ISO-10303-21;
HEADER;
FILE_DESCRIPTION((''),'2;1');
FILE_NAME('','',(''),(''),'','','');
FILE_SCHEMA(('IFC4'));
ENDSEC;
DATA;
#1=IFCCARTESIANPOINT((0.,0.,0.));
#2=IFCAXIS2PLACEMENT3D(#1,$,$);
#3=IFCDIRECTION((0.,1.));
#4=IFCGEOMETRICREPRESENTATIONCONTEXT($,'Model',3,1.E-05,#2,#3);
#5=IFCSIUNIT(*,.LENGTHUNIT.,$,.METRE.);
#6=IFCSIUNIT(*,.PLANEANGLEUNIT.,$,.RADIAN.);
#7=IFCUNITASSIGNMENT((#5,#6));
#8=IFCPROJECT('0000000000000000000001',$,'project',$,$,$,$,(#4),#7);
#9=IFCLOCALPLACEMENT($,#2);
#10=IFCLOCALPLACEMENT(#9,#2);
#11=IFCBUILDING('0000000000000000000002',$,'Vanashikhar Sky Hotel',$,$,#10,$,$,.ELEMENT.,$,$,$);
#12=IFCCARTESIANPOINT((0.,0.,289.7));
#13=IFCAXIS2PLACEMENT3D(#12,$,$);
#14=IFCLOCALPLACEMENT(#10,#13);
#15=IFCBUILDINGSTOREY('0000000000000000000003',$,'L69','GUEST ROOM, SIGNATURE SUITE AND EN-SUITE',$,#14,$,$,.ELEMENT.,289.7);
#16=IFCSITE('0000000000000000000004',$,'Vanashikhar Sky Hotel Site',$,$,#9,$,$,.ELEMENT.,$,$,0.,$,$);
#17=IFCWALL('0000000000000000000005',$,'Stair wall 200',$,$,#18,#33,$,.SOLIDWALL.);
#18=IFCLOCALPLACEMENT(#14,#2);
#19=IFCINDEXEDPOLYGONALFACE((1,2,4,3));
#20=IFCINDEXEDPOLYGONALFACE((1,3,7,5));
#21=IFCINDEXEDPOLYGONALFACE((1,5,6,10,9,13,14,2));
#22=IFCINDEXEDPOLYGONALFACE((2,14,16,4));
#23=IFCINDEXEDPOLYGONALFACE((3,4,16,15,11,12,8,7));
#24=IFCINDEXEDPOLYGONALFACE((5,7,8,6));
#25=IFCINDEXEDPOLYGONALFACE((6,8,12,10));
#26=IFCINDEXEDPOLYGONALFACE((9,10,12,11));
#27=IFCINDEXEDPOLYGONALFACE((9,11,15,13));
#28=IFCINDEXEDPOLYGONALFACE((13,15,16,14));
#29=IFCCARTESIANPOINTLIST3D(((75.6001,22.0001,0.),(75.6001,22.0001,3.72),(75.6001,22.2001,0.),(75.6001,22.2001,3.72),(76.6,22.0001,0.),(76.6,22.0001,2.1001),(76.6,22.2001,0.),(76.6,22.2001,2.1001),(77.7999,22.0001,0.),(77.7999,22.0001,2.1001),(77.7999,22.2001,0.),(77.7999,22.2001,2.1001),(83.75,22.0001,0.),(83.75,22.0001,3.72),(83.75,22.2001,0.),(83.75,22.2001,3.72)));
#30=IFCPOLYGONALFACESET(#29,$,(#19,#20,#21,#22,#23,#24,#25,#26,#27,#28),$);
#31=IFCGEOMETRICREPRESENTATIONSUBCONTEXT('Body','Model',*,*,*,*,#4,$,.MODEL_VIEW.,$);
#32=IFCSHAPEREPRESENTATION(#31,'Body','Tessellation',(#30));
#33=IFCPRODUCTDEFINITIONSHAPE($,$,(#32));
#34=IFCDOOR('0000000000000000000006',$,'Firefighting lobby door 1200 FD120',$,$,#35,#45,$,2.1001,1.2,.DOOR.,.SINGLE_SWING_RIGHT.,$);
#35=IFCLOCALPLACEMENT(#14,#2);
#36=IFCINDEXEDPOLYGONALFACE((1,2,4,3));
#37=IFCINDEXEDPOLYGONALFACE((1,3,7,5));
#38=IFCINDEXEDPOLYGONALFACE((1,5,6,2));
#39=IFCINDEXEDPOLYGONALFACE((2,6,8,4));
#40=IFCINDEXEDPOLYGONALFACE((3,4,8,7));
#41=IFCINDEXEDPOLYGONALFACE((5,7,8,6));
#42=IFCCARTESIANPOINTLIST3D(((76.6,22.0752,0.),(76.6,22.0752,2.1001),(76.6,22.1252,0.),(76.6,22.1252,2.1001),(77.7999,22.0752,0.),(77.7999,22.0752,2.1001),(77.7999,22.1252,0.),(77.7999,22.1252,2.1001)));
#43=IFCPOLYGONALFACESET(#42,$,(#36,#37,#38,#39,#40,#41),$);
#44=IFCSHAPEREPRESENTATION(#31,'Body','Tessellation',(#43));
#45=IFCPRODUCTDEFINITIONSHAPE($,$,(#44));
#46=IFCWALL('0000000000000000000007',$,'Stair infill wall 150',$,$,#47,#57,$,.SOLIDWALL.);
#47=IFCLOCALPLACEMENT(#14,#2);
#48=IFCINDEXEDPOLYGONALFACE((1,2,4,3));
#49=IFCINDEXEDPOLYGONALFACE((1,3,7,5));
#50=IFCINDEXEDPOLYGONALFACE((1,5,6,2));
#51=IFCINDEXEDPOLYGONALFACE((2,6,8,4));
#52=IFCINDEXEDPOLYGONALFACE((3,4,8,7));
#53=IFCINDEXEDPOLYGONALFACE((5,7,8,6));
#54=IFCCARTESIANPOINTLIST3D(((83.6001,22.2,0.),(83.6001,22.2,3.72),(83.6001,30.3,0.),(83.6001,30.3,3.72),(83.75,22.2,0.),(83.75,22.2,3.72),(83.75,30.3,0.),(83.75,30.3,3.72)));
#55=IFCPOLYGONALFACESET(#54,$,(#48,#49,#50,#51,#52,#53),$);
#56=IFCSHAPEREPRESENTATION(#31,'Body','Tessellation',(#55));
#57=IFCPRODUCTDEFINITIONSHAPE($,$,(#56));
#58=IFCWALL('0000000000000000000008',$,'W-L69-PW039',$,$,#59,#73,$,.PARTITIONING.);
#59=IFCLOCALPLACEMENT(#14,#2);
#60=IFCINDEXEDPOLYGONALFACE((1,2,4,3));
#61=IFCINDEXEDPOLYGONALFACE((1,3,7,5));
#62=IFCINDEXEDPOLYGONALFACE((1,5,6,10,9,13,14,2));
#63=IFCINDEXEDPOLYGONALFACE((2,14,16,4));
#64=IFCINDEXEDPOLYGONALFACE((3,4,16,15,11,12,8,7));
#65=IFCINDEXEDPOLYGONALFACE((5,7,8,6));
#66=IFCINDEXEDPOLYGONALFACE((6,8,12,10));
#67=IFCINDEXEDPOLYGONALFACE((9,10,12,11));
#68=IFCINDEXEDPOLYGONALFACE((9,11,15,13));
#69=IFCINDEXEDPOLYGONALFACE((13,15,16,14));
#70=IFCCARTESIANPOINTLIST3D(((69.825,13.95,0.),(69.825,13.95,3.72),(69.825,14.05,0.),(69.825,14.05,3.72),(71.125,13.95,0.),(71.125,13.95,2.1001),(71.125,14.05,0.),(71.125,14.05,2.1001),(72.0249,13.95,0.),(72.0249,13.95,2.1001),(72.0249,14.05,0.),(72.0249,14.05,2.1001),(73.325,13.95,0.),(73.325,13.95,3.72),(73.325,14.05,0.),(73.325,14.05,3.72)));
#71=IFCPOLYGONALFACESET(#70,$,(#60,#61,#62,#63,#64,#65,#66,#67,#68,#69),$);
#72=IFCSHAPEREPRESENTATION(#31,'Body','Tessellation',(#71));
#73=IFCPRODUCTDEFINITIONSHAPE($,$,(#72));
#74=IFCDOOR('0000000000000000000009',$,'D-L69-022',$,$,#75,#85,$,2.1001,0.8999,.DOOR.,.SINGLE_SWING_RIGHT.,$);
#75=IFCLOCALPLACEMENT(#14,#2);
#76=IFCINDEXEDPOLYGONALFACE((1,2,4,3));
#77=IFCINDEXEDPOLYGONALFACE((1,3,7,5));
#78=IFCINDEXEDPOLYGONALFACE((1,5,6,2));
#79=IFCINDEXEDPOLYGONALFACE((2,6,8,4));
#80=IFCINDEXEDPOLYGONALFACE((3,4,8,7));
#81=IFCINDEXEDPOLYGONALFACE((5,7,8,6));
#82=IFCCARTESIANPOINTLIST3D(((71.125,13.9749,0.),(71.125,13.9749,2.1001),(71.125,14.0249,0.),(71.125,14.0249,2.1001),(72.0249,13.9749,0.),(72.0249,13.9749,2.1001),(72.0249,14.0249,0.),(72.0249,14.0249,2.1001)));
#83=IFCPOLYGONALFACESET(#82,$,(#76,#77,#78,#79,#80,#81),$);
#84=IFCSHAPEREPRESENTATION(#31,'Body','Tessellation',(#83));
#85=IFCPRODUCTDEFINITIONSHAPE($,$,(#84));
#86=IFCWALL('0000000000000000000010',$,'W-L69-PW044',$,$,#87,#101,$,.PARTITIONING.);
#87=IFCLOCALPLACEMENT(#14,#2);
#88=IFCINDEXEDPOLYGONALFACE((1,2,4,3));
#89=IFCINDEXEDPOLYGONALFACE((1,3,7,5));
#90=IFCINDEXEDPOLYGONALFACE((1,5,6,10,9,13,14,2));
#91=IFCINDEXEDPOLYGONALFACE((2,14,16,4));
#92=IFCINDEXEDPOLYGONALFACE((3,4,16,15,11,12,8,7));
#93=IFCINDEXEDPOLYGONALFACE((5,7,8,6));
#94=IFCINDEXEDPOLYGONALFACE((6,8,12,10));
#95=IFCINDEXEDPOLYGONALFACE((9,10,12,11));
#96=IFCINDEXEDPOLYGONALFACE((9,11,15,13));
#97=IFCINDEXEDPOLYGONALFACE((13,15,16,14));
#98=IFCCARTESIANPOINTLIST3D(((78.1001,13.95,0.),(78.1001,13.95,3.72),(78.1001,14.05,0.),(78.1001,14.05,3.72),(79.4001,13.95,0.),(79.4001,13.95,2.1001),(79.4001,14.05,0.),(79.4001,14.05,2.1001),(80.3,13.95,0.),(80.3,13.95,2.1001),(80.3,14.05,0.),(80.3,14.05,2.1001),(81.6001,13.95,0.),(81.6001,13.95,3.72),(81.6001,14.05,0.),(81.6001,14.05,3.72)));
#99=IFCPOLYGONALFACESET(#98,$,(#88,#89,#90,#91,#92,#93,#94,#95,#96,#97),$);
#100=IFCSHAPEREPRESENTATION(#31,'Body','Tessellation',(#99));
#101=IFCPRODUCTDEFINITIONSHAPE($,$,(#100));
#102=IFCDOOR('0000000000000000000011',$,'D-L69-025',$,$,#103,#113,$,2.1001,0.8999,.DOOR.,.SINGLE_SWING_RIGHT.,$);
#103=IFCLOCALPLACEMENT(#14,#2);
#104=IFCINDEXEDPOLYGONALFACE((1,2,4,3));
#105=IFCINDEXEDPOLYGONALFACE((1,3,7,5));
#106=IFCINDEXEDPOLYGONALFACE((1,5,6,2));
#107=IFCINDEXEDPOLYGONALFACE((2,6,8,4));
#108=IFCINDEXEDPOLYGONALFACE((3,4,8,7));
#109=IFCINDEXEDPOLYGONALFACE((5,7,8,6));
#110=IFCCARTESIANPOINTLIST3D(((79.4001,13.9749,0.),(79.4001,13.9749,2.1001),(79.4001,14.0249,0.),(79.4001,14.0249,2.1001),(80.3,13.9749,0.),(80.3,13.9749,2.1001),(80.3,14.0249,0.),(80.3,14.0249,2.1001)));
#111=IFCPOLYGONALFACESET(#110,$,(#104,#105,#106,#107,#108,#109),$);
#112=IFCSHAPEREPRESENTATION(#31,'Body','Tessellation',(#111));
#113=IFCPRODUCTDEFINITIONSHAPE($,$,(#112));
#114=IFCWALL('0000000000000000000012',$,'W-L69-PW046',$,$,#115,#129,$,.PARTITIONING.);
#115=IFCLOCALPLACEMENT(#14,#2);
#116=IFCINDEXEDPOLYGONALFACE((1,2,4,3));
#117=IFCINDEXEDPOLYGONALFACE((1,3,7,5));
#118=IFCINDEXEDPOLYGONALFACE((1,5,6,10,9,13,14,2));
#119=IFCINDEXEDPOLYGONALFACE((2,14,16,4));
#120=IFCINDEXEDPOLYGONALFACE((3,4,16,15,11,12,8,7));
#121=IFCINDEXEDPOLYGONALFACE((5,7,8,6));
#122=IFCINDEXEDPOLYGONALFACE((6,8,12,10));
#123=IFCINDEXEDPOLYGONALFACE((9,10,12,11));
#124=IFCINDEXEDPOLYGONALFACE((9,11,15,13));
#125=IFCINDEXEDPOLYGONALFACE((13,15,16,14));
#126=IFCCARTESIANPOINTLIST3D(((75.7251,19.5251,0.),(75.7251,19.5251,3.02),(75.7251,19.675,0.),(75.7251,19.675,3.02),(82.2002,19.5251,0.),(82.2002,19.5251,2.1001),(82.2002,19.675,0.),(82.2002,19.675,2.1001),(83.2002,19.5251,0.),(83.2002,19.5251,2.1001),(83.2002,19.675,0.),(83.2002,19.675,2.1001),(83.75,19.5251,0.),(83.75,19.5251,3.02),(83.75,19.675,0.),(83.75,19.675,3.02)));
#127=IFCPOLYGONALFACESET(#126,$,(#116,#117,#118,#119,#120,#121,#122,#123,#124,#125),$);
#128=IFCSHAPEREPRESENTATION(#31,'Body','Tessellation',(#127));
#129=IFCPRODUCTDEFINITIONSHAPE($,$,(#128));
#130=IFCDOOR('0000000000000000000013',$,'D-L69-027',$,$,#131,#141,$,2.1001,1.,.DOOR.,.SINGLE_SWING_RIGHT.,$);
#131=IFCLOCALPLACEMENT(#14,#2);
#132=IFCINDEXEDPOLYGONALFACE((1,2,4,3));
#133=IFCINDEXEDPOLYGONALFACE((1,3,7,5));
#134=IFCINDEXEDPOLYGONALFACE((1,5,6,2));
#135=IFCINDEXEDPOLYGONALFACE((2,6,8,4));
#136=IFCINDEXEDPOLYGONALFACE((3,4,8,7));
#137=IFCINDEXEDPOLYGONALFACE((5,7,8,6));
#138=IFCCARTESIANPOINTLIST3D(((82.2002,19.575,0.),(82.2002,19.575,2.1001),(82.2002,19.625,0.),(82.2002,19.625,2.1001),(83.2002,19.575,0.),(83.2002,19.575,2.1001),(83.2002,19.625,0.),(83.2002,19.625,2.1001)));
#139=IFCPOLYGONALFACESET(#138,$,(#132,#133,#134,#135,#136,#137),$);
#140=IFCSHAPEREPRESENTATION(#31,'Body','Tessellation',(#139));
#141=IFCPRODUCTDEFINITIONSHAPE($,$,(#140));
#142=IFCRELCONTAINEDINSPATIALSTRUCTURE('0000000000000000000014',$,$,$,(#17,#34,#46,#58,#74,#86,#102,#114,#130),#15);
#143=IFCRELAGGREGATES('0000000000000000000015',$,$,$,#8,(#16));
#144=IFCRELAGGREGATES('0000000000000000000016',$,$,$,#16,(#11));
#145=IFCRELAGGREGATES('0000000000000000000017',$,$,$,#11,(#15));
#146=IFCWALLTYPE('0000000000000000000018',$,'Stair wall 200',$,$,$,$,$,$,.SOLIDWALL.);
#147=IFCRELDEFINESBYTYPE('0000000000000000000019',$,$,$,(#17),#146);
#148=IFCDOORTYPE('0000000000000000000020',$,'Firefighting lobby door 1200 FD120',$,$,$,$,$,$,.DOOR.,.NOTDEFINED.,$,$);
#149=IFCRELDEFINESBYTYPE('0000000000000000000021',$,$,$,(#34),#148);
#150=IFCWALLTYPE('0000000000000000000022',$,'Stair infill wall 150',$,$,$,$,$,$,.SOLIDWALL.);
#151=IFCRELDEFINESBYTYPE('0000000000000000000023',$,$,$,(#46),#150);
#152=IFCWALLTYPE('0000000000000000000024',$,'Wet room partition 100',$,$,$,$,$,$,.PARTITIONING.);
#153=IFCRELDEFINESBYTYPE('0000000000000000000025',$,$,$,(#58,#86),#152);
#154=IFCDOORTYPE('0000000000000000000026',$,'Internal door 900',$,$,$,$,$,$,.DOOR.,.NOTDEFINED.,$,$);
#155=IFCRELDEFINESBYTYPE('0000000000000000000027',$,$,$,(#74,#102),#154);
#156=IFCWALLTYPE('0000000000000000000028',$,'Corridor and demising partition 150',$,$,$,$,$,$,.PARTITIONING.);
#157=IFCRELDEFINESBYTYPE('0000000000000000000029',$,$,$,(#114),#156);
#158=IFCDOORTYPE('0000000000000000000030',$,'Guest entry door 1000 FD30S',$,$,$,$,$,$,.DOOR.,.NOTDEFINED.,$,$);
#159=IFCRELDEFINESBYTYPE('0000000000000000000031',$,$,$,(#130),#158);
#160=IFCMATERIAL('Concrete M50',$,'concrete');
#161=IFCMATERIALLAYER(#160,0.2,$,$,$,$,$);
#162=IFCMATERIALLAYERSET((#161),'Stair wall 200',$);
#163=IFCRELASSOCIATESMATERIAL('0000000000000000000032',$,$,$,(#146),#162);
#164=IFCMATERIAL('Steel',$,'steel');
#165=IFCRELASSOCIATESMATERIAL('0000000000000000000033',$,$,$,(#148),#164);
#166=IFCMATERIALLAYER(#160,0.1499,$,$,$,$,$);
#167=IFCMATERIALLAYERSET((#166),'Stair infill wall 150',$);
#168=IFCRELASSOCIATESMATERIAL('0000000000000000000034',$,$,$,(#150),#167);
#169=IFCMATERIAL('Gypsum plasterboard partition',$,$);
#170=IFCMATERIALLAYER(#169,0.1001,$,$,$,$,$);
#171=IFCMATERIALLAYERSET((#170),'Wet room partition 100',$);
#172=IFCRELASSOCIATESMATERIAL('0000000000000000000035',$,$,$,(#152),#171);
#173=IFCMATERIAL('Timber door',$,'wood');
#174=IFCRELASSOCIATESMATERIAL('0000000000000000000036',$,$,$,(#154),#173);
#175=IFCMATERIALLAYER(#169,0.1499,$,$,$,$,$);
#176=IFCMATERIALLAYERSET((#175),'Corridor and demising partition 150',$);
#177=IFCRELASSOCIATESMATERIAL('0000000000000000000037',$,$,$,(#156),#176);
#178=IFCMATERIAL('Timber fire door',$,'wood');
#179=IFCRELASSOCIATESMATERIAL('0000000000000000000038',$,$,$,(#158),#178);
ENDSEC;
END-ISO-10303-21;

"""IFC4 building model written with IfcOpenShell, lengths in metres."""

from ifc_helpers import new_model, si_unit, direction, frame, frame_2d, origin, place, context, subcontext, project, spatial, rectangle, extrude, source, transform, mapped, material, layer, layer_set, type_object, element, fill, save


model = new_model("IFC4")

# Units and contexts
model_context = context("Model", 3, precision=1e-05, world=origin(), true_north=direction((0.0, 1.0)))
body_context = subcontext(model_context, "Body", "Model", "MODEL_VIEW")
ifc_project = project(units=[si_unit("LENGTHUNIT", "METRE"), si_unit("PLANEANGLEUNIT", "RADIAN")], contexts=[model_context])

# Site, building, storey
site_placement = place(None, origin())
site = spatial("IfcSite", under=ifc_project, at=site_placement, Name="Vanashikhar Sky Hotel Site", CompositionType="ELEMENT", RefElevation=0.0)
building_placement = place(site_placement, origin())
building = spatial("IfcBuilding", under=site, at=building_placement, Name="Vanashikhar Sky Hotel", CompositionType="ELEMENT")
storey_placement = place(building_placement, frame((0.0, 0.0, 289.7)))
storey = spatial("IfcBuildingStorey", under=building, at=storey_placement, Name="L69", Description="GUEST ROOM, SIGNATURE SUITE AND EN-SUITE", CompositionType="ELEMENT", Elevation=289.7)

# Shared definitions
ifc_material_1 = material(Name="Concrete M50", Category="concrete")

# Shared definitions
ifc_material_2 = material(Name="Steel", Category="steel")
shared_shape_1 = source(origin(), body_context, "Body", "SweptSolid", [
    extrude(rectangle(XDim=1.0, YDim=2.1001, at=frame_2d((0.5, 1.05))), frame((0.0, 0.0249, 0.0), z_axis=(0.0, -1.0, 0.0), x_axis=(1.0, 0.0, 0.0)), (0.0, 0.0, 1.0), 0.05),
])
shared_shape_2 = source(origin(), body_context, "Body", "SweptSolid", [
    extrude(rectangle(XDim=1.2, YDim=2.1001, at=frame_2d((0.6001, 1.05))), frame((0.0, 0.0249, 0.0), z_axis=(0.0, -1.0, 0.0), x_axis=(1.0, 0.0, 0.0)), (0.0, 0.0, 1.0), 0.05),
])

# Wall, opening, door
ifc_layer_1 = layer(ifc_material_1, 0.2)
ifc_layer_set_1 = layer_set([ifc_layer_1], Name="Stair wall 200")
wall_type_1 = type_object("IfcWallType", Name="Stair wall 200", PredefinedType="SOLIDWALL", material=ifc_layer_set_1)
shared_shape_3 = source(origin(), body_context, "Body", "SweptSolid", [
    extrude(rectangle(XDim=1.2, YDim=2.1001, at=frame_2d((0.6001, 1.05))), frame((0.0, 0.1099, 0.0), z_axis=(0.0, -1.0, 0.0), x_axis=(1.0, 0.0, 0.0)), (0.0, 0.0, 1.0), 0.22),
])
shared_shape_4 = source(origin(), body_context, "Body", "SweptSolid", [
    extrude(rectangle(XDim=8.1499, YDim=0.2, at=frame_2d((4.075, 0.0))), origin(), (0.0, 0.0, 1.0), 3.72),
])
wall_1_placement = place(storey_placement, frame((83.75, 22.1001, 0.0), z_axis=(0.0, 0.0, 1.0), x_axis=(-1.0, 0.0, 0.0)))
wall_1 = element("IfcWall", 1, at=wall_1_placement, inside=storey, type_object=wall_type_1, Name="Stair wall 200", PredefinedType="SOLIDWALL", context=body_context, shape_type="MappedRepresentation", body=[
    mapped(shared_shape_4, transform((0.0, 0.0, 0.0), scale=1.0)),
])
opening_1_placement = place(wall_1_placement, frame((5.95, 0.0, 0.0)))
opening_1 = element("IfcOpeningElement", 2, at=opening_1_placement, cuts=wall_1, PredefinedType="OPENING", context=body_context, shape_type="MappedRepresentation", body=[
    mapped(shared_shape_3, transform((0.0, 0.0, 0.0), scale=1.0)),
])
door_type_1 = type_object("IfcDoorType", Name="Firefighting lobby door 1200 FD120", OperationType="NOTDEFINED", PredefinedType="DOOR", material=ifc_material_2)
door_1_placement = place(opening_1_placement, origin())
door_1 = element("IfcDoor", 3, at=door_1_placement, inside=storey, type_object=door_type_1, Name="Firefighting lobby door 1200 FD120", OperationType="SINGLE_SWING_RIGHT", OverallHeight=2.1001, OverallWidth=1.2, PredefinedType="DOOR", context=body_context, shape_type="MappedRepresentation", body=[
    mapped(shared_shape_2, transform((0.0, 0.0, 0.0), scale=1.0)),
])
fill(opening_1, door_1)

# Wall
ifc_layer_2 = layer(ifc_material_1, 0.1499)
ifc_layer_set_2 = layer_set([ifc_layer_2], Name="Stair infill wall 150")
wall_type_2 = type_object("IfcWallType", Name="Stair infill wall 150", PredefinedType="SOLIDWALL", material=ifc_layer_set_2)
shared_shape_5 = source(origin(), body_context, "Body", "SweptSolid", [
    extrude(rectangle(XDim=8.1001, YDim=0.1499, at=frame_2d((4.05, 0.0))), origin(), (0.0, 0.0, 1.0), 3.72),
])
wall_2_placement = place(storey_placement, frame((83.675, 22.2, 0.0), z_axis=(0.0, 0.0, 1.0), x_axis=(0.0, 1.0, 0.0)))
element("IfcWall", 4, at=wall_2_placement, inside=storey, type_object=wall_type_2, Name="Stair infill wall 150", PredefinedType="SOLIDWALL", context=body_context, shape_type="MappedRepresentation", body=[
    mapped(shared_shape_5, transform((0.0, 0.0, 0.0), scale=1.0)),
])

# Walls, openings, doors
ifc_material_3 = material(Name="Gypsum plasterboard partition")
ifc_layer_3 = layer(ifc_material_3, 0.1001)
ifc_layer_set_3 = layer_set([ifc_layer_3], Name="Wet room partition 100")
wall_type_3 = type_object("IfcWallType", Name="Wet room partition 100", PredefinedType="PARTITIONING", material=ifc_layer_set_3)
shared_shape_6 = source(origin(), body_context, "Body", "SweptSolid", [
    extrude(rectangle(XDim=3.5, YDim=0.1001, at=frame_2d((1.75, 0.0))), origin(), (0.0, 0.0, 1.0), 3.72),
])
wall_3_placement = place(storey_placement, frame((69.825, 14.0, 0.0), z_axis=(0.0, 0.0, 1.0), x_axis=(1.0, 0.0, 0.0)))
wall_3 = element("IfcWall", 5, at=wall_3_placement, inside=storey, type_object=wall_type_3, Name="W-L69-PW039", PredefinedType="PARTITIONING", context=body_context, shape_type="MappedRepresentation", body=[
    mapped(shared_shape_6, transform((0.0, 0.0, 0.0), scale=1.0)),
])
shared_shape_7 = source(origin(), body_context, "Body", "SweptSolid", [
    extrude(rectangle(XDim=0.8999, YDim=2.1001, at=frame_2d((0.45, 1.05))), frame((0.0, 0.0601, 0.0), z_axis=(0.0, -1.0, 0.0), x_axis=(1.0, 0.0, 0.0)), (0.0, 0.0, 1.0), 0.1201),
])
opening_2_placement = place(wall_3_placement, frame((1.3, 0.0, 0.0)))
opening_2 = element("IfcOpeningElement", 6, at=opening_2_placement, cuts=wall_3, PredefinedType="OPENING", context=body_context, shape_type="MappedRepresentation", body=[
    mapped(shared_shape_7, transform((0.0, 0.0, 0.0), scale=1.0)),
])
ifc_material_4 = material(Name="Timber door", Category="wood")
door_type_2 = type_object("IfcDoorType", Name="Internal door 900", OperationType="NOTDEFINED", PredefinedType="DOOR", material=ifc_material_4)
shared_shape_8 = source(origin(), body_context, "Body", "SweptSolid", [
    extrude(rectangle(XDim=0.8999, YDim=2.1001, at=frame_2d((0.45, 1.05))), frame((0.0, 0.0249, 0.0), z_axis=(0.0, -1.0, 0.0), x_axis=(1.0, 0.0, 0.0)), (0.0, 0.0, 1.0), 0.05),
])
door_2_placement = place(opening_2_placement, origin())
door_2 = element("IfcDoor", 7, at=door_2_placement, inside=storey, type_object=door_type_2, Name="D-L69-022", OperationType="SINGLE_SWING_RIGHT", OverallHeight=2.1001, OverallWidth=0.8999, PredefinedType="DOOR", context=body_context, shape_type="MappedRepresentation", body=[
    mapped(shared_shape_8, transform((0.0, 0.0, 0.0), scale=1.0)),
])
fill(opening_2, door_2)
wall_4_placement = place(storey_placement, frame((78.1001, 14.0, 0.0), z_axis=(0.0, 0.0, 1.0), x_axis=(1.0, 0.0, 0.0)))
wall_4 = element("IfcWall", 8, at=wall_4_placement, inside=storey, type_object=wall_type_3, Name="W-L69-PW044", PredefinedType="PARTITIONING", context=body_context, shape_type="MappedRepresentation", body=[
    mapped(shared_shape_6, transform((0.0, 0.0, 0.0), scale=1.0)),
])
opening_3_placement = place(wall_4_placement, frame((1.3, 0.0, 0.0)))
opening_3 = element("IfcOpeningElement", 9, at=opening_3_placement, cuts=wall_4, PredefinedType="OPENING", context=body_context, shape_type="MappedRepresentation", body=[
    mapped(shared_shape_7, transform((0.0, 0.0, 0.0), scale=1.0)),
])
door_3_placement = place(opening_3_placement, origin())
door_3 = element("IfcDoor", 10, at=door_3_placement, inside=storey, type_object=door_type_2, Name="D-L69-025", OperationType="SINGLE_SWING_RIGHT", OverallHeight=2.1001, OverallWidth=0.8999, PredefinedType="DOOR", context=body_context, shape_type="MappedRepresentation", body=[
    mapped(shared_shape_8, transform((0.0, 0.0, 0.0), scale=1.0)),
])
fill(opening_3, door_3)
ifc_layer_4 = layer(ifc_material_3, 0.1499)
ifc_layer_set_4 = layer_set([ifc_layer_4], Name="Corridor and demising partition 150")
wall_type_4 = type_object("IfcWallType", Name="Corridor and demising partition 150", PredefinedType="PARTITIONING", material=ifc_layer_set_4)
shared_shape_9 = source(origin(), body_context, "Body", "SweptSolid", [
    extrude(rectangle(XDim=8.0249, YDim=0.1499, at=frame_2d((4.0125, 0.0))), origin(), (0.0, 0.0, 1.0), 3.02),
])
wall_5_placement = place(storey_placement, frame((75.7251, 19.6001, 0.0), z_axis=(0.0, 0.0, 1.0), x_axis=(1.0, 0.0, 0.0)))
wall_5 = element("IfcWall", 11, at=wall_5_placement, inside=storey, type_object=wall_type_4, Name="W-L69-PW046", PredefinedType="PARTITIONING", context=body_context, shape_type="MappedRepresentation", body=[
    mapped(shared_shape_9, transform((0.0, 0.0, 0.0), scale=1.0)),
])
shared_shape_10 = source(origin(), body_context, "Body", "SweptSolid", [
    extrude(rectangle(XDim=1.0, YDim=2.1001, at=frame_2d((0.5, 1.05))), frame((0.0, 0.085, 0.0), z_axis=(0.0, -1.0, 0.0), x_axis=(1.0, 0.0, 0.0)), (0.0, 0.0, 1.0), 0.1699),
])
opening_4_placement = place(wall_5_placement, frame((6.4751, 0.0, 0.0)))
opening_4 = element("IfcOpeningElement", 12, at=opening_4_placement, cuts=wall_5, PredefinedType="OPENING", context=body_context, shape_type="MappedRepresentation", body=[
    mapped(shared_shape_10, transform((0.0, 0.0, 0.0), scale=1.0)),
])
ifc_material_5 = material(Name="Timber fire door", Category="wood")
door_type_3 = type_object("IfcDoorType", Name="Guest entry door 1000 FD30S", OperationType="NOTDEFINED", PredefinedType="DOOR", material=ifc_material_5)
door_4_placement = place(opening_4_placement, origin())
door_4 = element("IfcDoor", 13, at=door_4_placement, inside=storey, type_object=door_type_3, Name="D-L69-027", OperationType="SINGLE_SWING_RIGHT", OverallHeight=2.1001, OverallWidth=1.0, PredefinedType="DOOR", context=body_context, shape_type="MappedRepresentation", body=[
    mapped(shared_shape_1, transform((0.0, 0.0, 0.0), scale=1.0)),
])
fill(opening_4, door_4)

save(model, "model.ifc")
